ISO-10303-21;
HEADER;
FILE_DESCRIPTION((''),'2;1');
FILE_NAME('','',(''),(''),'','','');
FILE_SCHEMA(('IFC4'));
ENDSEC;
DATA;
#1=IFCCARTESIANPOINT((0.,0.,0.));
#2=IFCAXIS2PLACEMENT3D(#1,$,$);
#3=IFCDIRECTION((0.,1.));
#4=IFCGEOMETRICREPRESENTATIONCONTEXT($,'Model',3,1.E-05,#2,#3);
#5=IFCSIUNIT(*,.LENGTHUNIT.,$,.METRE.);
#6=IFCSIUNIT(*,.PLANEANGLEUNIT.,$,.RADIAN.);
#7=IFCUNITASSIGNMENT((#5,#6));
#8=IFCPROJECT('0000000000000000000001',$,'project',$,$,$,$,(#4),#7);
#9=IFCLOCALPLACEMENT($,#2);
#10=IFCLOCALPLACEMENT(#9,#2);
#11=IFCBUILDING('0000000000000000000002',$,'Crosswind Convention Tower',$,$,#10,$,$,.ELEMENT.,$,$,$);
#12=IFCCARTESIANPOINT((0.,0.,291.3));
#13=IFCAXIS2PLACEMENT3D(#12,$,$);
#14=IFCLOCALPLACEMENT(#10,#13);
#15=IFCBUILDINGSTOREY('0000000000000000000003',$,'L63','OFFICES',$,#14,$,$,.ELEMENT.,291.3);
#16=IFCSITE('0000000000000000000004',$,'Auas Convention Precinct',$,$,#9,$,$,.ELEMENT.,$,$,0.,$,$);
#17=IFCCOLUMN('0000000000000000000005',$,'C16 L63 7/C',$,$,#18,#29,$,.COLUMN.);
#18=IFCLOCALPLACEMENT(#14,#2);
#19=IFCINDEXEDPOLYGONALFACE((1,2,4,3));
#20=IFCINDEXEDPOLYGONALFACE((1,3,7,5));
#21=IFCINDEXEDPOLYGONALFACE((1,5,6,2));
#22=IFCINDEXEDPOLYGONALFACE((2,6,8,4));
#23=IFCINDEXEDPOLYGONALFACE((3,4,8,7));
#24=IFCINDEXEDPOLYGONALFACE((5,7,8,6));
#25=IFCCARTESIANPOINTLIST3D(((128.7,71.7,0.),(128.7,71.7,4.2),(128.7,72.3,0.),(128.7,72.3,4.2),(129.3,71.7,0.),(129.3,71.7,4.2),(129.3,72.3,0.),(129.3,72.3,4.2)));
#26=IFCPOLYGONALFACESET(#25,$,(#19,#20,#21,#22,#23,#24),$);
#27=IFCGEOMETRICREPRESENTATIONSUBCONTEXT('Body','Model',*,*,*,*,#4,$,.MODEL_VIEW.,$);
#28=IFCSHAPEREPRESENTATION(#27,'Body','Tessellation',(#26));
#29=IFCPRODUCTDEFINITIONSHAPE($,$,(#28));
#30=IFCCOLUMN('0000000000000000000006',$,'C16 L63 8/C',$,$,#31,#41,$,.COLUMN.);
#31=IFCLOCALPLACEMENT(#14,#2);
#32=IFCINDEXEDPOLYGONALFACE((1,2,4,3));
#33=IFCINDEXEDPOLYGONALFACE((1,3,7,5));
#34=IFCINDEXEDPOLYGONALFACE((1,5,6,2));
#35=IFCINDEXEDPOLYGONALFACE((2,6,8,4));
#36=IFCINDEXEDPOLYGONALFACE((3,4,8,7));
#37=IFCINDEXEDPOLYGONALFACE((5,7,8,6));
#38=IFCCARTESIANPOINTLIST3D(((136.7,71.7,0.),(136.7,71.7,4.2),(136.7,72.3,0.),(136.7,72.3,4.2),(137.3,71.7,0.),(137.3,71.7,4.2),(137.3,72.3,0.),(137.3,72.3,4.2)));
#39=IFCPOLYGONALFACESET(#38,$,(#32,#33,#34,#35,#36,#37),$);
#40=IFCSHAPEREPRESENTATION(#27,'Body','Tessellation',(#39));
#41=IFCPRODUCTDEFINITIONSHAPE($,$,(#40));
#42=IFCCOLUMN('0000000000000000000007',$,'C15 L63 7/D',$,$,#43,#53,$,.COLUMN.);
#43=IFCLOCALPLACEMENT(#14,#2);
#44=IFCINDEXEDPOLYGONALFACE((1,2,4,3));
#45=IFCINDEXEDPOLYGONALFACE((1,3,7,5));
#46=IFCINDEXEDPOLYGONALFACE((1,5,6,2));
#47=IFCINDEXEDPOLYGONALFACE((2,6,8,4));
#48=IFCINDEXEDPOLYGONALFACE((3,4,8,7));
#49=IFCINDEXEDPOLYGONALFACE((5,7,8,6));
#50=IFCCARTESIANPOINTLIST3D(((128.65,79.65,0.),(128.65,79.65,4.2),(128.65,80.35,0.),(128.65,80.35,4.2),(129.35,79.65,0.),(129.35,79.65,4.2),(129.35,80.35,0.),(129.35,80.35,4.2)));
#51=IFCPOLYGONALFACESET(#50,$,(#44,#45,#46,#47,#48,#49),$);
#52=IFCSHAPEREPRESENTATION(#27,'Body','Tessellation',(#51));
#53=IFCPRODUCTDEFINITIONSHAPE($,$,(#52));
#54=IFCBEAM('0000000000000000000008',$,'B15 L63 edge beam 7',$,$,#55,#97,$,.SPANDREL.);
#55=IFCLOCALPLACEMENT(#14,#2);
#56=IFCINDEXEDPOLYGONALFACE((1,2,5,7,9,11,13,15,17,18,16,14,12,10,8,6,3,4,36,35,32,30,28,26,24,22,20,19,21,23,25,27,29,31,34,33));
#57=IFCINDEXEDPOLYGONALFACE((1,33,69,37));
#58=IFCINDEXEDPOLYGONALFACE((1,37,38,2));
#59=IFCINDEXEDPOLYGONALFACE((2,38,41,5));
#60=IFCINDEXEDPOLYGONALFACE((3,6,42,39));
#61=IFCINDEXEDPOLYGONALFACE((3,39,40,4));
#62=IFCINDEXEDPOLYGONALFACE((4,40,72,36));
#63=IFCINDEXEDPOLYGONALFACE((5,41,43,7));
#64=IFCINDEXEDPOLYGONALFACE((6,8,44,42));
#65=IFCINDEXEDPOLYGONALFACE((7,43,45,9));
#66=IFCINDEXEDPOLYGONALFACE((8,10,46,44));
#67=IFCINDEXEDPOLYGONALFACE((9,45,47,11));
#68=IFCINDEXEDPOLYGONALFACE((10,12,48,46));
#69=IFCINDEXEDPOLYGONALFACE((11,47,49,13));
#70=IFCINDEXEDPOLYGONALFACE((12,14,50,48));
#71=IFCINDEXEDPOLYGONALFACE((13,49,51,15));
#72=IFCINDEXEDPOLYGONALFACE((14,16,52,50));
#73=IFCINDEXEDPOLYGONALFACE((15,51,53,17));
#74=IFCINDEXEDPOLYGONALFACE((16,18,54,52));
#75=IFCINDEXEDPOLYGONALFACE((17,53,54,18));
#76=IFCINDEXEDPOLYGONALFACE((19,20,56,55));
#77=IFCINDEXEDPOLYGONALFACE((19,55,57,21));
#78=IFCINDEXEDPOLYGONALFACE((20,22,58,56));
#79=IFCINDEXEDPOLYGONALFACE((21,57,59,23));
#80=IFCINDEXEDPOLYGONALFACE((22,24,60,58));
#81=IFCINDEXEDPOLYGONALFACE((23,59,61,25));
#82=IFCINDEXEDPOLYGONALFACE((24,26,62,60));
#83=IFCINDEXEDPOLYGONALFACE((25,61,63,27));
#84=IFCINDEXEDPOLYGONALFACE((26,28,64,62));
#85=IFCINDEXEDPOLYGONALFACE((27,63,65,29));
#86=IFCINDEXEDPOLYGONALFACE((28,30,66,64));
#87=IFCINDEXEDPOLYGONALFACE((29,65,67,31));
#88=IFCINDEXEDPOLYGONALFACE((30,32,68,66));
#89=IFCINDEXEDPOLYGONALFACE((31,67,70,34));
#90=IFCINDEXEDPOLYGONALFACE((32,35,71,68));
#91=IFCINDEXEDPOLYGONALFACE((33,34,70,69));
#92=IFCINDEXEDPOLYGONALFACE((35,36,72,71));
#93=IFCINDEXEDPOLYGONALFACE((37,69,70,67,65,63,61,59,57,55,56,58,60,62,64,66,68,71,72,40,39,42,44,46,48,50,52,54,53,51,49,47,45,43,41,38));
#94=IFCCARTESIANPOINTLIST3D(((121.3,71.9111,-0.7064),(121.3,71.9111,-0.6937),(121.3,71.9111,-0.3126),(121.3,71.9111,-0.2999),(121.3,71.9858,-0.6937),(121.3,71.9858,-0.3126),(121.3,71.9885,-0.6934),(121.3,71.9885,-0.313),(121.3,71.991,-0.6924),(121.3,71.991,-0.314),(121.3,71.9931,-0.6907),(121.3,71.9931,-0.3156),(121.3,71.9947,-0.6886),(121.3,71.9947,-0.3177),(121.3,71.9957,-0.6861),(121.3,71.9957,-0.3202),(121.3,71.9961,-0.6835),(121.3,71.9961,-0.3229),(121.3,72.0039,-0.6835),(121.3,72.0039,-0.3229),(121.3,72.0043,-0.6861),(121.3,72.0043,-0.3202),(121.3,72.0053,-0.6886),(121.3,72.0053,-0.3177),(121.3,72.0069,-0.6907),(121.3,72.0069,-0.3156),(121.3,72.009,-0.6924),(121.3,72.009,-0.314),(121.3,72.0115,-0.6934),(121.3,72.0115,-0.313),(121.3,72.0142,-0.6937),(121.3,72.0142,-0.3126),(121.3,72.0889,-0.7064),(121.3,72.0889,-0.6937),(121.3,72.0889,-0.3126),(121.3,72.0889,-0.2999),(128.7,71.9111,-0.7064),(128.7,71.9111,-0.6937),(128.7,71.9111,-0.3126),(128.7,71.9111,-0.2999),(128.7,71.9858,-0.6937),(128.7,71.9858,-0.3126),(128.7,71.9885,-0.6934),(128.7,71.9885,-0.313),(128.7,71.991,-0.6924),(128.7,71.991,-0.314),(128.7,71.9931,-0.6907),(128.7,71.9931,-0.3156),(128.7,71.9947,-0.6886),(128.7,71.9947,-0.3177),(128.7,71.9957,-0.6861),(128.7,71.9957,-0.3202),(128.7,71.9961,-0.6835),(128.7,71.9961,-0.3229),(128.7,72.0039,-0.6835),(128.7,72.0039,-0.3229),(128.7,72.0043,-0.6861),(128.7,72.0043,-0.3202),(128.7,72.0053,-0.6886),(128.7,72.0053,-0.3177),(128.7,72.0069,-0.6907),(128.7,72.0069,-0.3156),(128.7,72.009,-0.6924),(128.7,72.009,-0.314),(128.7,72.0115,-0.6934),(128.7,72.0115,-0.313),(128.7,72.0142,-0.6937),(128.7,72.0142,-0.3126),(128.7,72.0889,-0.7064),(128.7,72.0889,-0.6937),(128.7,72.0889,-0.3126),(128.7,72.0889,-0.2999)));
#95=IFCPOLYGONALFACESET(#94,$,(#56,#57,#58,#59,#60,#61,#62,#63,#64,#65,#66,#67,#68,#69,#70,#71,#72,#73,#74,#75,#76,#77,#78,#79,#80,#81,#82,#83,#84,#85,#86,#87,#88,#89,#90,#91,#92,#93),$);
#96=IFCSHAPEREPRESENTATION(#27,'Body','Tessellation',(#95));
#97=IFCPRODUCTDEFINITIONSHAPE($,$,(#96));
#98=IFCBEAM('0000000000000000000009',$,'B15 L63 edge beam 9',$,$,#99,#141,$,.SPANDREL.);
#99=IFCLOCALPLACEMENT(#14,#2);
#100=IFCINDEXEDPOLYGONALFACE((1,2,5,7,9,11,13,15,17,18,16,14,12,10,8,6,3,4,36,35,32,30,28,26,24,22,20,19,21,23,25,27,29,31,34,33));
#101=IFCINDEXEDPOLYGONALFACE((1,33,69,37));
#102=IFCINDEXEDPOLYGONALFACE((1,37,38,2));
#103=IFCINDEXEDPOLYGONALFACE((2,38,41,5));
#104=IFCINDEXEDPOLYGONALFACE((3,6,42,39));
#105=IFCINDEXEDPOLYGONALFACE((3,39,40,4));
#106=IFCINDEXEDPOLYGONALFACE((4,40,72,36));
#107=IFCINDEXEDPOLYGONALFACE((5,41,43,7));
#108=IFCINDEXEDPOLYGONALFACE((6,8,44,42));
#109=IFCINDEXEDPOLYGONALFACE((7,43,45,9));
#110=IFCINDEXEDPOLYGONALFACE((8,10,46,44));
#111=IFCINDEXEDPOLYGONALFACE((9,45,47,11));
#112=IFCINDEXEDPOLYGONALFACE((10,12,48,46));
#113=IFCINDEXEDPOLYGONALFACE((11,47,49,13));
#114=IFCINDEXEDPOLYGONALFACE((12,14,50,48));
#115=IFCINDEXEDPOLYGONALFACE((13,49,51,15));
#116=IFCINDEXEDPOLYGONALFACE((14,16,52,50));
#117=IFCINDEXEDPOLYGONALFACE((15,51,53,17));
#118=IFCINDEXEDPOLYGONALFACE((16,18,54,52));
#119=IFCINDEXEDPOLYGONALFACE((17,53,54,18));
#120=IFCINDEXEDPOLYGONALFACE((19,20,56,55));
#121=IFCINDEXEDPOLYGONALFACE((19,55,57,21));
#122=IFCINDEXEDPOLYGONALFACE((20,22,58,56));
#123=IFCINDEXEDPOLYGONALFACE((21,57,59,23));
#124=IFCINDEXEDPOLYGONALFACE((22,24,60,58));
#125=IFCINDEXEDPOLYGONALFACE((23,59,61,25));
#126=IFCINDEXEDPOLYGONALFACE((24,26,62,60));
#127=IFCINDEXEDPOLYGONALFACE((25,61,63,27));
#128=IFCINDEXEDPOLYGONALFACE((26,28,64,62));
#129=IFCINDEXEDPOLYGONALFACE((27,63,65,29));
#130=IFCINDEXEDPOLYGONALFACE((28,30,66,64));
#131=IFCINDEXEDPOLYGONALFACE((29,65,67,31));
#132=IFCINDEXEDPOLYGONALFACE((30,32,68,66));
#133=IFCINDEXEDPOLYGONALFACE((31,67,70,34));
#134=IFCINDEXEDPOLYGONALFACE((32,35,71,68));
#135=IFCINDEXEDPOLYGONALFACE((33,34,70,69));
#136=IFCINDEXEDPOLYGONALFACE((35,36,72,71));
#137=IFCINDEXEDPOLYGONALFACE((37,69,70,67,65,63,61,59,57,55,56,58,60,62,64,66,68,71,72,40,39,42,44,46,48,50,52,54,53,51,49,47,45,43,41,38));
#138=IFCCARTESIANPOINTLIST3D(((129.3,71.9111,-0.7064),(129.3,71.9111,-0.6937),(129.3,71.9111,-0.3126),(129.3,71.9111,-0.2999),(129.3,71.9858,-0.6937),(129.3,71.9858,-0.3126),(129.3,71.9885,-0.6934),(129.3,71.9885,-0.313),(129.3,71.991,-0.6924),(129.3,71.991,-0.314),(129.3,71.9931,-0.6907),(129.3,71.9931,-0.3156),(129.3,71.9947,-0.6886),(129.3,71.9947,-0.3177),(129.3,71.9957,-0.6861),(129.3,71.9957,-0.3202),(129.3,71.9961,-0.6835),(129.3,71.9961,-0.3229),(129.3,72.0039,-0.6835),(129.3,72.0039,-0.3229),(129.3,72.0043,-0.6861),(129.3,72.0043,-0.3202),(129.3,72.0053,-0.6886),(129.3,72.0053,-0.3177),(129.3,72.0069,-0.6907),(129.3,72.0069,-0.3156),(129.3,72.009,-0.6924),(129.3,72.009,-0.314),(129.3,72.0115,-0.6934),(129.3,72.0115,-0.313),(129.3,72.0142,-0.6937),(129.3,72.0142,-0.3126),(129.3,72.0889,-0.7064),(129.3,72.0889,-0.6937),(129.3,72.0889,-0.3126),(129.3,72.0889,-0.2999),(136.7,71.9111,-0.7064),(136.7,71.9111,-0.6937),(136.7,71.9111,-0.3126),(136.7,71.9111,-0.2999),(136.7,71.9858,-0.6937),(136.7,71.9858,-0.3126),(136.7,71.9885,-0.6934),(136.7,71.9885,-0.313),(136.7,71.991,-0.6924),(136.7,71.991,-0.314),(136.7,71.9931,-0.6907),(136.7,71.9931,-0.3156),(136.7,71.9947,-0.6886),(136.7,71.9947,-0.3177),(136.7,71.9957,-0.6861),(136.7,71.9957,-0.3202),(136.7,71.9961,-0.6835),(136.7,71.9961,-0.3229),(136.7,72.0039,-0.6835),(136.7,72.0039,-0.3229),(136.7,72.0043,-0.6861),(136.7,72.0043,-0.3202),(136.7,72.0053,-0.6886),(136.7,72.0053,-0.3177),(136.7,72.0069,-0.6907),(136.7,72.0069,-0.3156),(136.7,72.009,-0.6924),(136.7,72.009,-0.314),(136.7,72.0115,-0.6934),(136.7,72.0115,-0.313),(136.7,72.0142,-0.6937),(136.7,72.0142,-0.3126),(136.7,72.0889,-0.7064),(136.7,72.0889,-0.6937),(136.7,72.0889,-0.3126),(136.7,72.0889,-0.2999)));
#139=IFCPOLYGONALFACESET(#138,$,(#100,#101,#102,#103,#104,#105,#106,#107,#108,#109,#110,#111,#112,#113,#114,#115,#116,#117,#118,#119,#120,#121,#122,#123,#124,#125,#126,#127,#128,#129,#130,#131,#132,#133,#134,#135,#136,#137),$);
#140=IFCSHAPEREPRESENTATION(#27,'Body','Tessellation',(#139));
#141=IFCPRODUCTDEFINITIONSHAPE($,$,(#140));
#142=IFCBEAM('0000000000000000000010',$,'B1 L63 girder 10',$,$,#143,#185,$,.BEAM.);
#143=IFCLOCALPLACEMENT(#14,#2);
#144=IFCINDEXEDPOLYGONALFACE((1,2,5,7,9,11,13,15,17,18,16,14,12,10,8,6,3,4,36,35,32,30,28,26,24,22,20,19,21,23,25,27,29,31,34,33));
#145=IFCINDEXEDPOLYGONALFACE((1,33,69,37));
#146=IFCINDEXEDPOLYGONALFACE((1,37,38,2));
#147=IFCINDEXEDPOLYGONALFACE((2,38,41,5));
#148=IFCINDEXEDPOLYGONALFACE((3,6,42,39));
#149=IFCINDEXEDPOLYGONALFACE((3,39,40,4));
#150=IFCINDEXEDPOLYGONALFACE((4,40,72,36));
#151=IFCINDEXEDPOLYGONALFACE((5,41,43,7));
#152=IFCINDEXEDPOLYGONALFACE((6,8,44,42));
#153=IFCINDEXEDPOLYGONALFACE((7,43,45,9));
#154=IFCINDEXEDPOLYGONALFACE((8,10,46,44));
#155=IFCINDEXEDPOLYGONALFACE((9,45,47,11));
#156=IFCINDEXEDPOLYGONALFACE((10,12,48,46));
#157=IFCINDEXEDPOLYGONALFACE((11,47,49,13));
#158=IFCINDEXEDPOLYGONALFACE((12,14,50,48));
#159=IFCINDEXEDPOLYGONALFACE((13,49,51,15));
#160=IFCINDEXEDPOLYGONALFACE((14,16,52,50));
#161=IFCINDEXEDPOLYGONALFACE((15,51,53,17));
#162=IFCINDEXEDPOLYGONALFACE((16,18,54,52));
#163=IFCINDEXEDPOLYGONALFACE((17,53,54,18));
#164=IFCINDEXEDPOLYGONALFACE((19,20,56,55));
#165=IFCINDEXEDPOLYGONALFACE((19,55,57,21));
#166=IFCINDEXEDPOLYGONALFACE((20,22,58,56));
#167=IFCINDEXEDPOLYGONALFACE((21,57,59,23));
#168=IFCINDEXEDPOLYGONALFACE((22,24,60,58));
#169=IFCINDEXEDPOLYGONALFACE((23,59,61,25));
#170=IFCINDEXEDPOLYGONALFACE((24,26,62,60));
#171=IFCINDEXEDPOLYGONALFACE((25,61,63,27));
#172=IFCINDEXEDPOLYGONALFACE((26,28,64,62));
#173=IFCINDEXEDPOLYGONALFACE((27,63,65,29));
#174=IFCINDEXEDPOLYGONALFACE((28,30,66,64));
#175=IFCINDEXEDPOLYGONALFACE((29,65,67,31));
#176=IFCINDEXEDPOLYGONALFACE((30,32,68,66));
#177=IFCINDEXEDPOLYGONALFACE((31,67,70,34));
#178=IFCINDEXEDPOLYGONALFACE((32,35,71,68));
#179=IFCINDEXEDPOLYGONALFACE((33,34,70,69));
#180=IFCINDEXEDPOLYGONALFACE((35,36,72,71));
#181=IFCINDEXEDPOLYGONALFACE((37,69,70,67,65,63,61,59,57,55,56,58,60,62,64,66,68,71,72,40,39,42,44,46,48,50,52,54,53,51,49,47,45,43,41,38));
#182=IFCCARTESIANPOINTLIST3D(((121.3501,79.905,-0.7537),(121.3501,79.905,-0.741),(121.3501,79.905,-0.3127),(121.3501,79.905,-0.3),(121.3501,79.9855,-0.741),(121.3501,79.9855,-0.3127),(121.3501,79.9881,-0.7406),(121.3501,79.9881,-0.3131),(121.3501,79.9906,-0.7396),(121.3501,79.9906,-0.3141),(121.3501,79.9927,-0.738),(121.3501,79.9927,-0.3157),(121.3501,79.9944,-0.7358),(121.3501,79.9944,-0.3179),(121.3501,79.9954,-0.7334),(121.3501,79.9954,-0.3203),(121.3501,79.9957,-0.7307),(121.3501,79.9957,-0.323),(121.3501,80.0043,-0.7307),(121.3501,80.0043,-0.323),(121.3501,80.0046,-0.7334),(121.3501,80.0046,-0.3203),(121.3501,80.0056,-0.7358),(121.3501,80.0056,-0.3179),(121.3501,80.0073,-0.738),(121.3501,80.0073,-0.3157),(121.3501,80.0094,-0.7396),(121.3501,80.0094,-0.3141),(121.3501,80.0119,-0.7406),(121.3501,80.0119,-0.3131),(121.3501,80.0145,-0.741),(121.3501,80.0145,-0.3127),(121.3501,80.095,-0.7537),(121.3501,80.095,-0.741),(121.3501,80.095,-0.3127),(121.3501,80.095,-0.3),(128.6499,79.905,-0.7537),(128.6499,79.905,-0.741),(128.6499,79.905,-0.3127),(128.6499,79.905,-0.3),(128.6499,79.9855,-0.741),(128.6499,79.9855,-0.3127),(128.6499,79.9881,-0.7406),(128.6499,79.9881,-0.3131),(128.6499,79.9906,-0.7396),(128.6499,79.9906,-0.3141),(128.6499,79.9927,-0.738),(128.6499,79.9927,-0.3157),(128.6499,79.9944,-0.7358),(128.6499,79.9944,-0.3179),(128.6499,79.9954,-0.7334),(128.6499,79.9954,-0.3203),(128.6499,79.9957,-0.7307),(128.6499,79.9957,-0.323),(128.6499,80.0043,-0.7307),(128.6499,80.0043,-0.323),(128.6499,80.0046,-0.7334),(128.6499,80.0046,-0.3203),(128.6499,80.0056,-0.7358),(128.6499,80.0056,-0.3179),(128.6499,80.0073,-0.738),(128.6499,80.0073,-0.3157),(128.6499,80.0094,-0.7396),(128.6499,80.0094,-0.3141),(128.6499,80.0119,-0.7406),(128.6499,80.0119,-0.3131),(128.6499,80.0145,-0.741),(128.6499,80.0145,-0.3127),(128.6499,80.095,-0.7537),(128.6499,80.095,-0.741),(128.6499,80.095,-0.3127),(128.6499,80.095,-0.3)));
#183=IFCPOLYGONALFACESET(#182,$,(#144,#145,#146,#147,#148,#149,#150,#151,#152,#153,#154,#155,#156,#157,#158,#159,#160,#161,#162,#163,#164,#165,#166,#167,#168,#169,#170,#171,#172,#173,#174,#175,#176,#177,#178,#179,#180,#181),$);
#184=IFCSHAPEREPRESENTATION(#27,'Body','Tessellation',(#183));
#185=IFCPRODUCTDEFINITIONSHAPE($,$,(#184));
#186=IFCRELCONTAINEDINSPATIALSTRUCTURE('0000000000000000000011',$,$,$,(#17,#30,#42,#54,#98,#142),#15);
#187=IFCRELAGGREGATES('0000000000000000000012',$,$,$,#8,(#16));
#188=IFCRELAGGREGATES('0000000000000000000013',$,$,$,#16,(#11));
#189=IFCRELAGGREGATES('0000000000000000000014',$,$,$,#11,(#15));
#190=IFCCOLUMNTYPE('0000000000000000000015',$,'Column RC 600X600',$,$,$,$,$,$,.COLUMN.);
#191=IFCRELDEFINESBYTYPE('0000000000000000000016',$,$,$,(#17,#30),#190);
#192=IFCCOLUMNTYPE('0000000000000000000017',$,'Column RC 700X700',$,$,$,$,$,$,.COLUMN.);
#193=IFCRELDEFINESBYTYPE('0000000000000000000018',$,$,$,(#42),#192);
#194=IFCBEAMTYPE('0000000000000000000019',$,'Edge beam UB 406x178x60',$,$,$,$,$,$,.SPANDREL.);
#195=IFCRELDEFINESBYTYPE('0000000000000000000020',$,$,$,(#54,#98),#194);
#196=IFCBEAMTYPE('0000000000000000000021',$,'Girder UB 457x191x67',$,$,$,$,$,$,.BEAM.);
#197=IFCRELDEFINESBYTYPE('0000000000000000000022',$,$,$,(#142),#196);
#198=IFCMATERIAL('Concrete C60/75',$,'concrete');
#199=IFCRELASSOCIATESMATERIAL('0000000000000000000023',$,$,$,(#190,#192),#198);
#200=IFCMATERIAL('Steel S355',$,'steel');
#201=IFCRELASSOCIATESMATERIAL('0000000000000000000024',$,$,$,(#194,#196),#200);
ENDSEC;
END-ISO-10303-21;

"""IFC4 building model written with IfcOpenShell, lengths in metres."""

from ifc_helpers import new_model, si_unit, direction, frame, origin, origin_2d, place, context, subcontext, project, spatial, rectangle, i_section, extrude, material, material_profile, profile_set, type_object, element, save


model = new_model("IFC4")

# Units and contexts
model_context = context("Model", 3, precision=1e-05, world=origin(), true_north=direction((0.0, 1.0)))
body_context = subcontext(model_context, "Body", "Model", "MODEL_VIEW")
ifc_project = project(units=[si_unit("LENGTHUNIT", "METRE"), si_unit("PLANEANGLEUNIT", "RADIAN")], contexts=[model_context])

# Site, building, storey
site_placement = place(None, origin())
site = spatial("IfcSite", under=ifc_project, at=site_placement, Name="Auas Convention Precinct", CompositionType="ELEMENT", RefElevation=0.0)
building_placement = place(site_placement, origin())
building = spatial("IfcBuilding", under=site, at=building_placement, Name="Crosswind Convention Tower", CompositionType="ELEMENT")
storey_placement = place(building_placement, frame((0.0, 0.0, 291.3)))
storey = spatial("IfcBuildingStorey", under=building, at=storey_placement, Name="L63", Description="OFFICES", CompositionType="ELEMENT", Elevation=291.3)

# Columns
ifc_material_1 = material(Name="Concrete C60/75", Category="concrete")
ifc_material_profile_1 = material_profile(ifc_material_1, rectangle(XDim=0.6001, YDim=0.6001, at=origin_2d()), Name="RC 600X600")
ifc_profile_set_1 = profile_set([ifc_material_profile_1], Name="Concrete C60/75")
column_type_1 = type_object("IfcColumnType", Name="Column RC 600X600", PredefinedType="COLUMN", material=ifc_profile_set_1)
for number, where, z_axis, x_axis, name in (
    (1, (129.0, 72.0, 0.0), (0.0, 0.0, 1.0), (1.0, 0.0, 0.0), "C16 L63 7/C"),
    (2, (137.0, 72.0, 0.0), (0.0, 0.0, 1.0), (1.0, 0.0, 0.0), "C16 L63 8/C"),
):
    element("IfcColumn", number, at=place(storey_placement, frame(where, z_axis=z_axis, x_axis=x_axis)), inside=storey, type_object=column_type_1, Name=name, PredefinedType="COLUMN", context=body_context, shape_type="SweptSolid", body=[
        extrude(rectangle(XDim=0.6001, YDim=0.6001, at=origin_2d()), origin(), (0.0, 0.0, 1.0), 4.2),
    ])
ifc_material_profile_2 = material_profile(ifc_material_1, rectangle(XDim=0.7, YDim=0.7, at=origin_2d()), Name="RC 700X700")
ifc_profile_set_2 = profile_set([ifc_material_profile_2], Name="Concrete C60/75")
column_type_2 = type_object("IfcColumnType", Name="Column RC 700X700", PredefinedType="COLUMN", material=ifc_profile_set_2)
column_placement = place(storey_placement, frame((129.0, 80.0, 0.0), z_axis=(0.0, 0.0, 1.0), x_axis=(1.0, 0.0, 0.0)))
element("IfcColumn", 3, at=column_placement, inside=storey, type_object=column_type_2, Name="C15 L63 7/D", PredefinedType="COLUMN", context=body_context, shape_type="SweptSolid", body=[
    extrude(rectangle(XDim=0.7, YDim=0.7, at=origin_2d()), origin(), (0.0, 0.0, 1.0), 4.2),
])

# Beams
ifc_material_2 = material(Name="Steel S355", Category="steel")
ifc_material_profile_3 = material_profile(ifc_material_2, i_section(OverallWidth=0.1777, OverallDepth=0.4065, WebThickness=0.0078, FlangeThickness=0.0127, FilletRadius=0.0103, at=origin_2d()), Name="UB 406x178x60")
ifc_profile_set_3 = profile_set([ifc_material_profile_3], Name="Steel S355")
beam_type_1 = type_object("IfcBeamType", Name="Edge beam UB 406x178x60", PredefinedType="SPANDREL", material=ifc_profile_set_3)
for number, where, z_axis, x_axis, name in (
    (4, (121.3, 72.0, -0.5032), (1.0, 0.0, 0.0), (0.0, 1.0, 0.0), "B15 L63 edge beam 7"),
    (5, (129.3, 72.0, -0.5032), (1.0, 0.0, 0.0), (0.0, 1.0, 0.0), "B15 L63 edge beam 9"),
):
    element("IfcBeam", number, at=place(storey_placement, frame(where, z_axis=z_axis, x_axis=x_axis)), inside=storey, type_object=beam_type_1, Name=name, PredefinedType="SPANDREL", context=body_context, shape_type="SweptSolid", body=[
        extrude(i_section(OverallWidth=0.1777, OverallDepth=0.4065, WebThickness=0.0078, FlangeThickness=0.0127, FilletRadius=0.0103, at=origin_2d()), origin(), (0.0, 0.0, 1.0), 7.3999),
    ])
ifc_material_profile_4 = material_profile(ifc_material_2, i_section(OverallWidth=0.1899, OverallDepth=0.4536, WebThickness=0.0085, FlangeThickness=0.0127, FilletRadius=0.0103, at=origin_2d()), Name="UB 457x191x67")
ifc_profile_set_4 = profile_set([ifc_material_profile_4], Name="Steel S355")
beam_type_2 = type_object("IfcBeamType", Name="Girder UB 457x191x67", PredefinedType="BEAM", material=ifc_profile_set_4)
beam_1_placement = place(storey_placement, frame((121.3501, 80.0, -0.5269), z_axis=(1.0, 0.0, 0.0), x_axis=(0.0, 1.0, 0.0)))
element("IfcBeam", 6, at=beam_1_placement, inside=storey, type_object=beam_type_2, Name="B1 L63 girder 10", PredefinedType="BEAM", context=body_context, shape_type="SweptSolid", body=[
    extrude(i_section(OverallWidth=0.1899, OverallDepth=0.4536, WebThickness=0.0085, FlangeThickness=0.0127, FilletRadius=0.0103, at=origin_2d()), origin(), (0.0, 0.0, 1.0), 7.2998),
])

save(model, "model.ifc")
